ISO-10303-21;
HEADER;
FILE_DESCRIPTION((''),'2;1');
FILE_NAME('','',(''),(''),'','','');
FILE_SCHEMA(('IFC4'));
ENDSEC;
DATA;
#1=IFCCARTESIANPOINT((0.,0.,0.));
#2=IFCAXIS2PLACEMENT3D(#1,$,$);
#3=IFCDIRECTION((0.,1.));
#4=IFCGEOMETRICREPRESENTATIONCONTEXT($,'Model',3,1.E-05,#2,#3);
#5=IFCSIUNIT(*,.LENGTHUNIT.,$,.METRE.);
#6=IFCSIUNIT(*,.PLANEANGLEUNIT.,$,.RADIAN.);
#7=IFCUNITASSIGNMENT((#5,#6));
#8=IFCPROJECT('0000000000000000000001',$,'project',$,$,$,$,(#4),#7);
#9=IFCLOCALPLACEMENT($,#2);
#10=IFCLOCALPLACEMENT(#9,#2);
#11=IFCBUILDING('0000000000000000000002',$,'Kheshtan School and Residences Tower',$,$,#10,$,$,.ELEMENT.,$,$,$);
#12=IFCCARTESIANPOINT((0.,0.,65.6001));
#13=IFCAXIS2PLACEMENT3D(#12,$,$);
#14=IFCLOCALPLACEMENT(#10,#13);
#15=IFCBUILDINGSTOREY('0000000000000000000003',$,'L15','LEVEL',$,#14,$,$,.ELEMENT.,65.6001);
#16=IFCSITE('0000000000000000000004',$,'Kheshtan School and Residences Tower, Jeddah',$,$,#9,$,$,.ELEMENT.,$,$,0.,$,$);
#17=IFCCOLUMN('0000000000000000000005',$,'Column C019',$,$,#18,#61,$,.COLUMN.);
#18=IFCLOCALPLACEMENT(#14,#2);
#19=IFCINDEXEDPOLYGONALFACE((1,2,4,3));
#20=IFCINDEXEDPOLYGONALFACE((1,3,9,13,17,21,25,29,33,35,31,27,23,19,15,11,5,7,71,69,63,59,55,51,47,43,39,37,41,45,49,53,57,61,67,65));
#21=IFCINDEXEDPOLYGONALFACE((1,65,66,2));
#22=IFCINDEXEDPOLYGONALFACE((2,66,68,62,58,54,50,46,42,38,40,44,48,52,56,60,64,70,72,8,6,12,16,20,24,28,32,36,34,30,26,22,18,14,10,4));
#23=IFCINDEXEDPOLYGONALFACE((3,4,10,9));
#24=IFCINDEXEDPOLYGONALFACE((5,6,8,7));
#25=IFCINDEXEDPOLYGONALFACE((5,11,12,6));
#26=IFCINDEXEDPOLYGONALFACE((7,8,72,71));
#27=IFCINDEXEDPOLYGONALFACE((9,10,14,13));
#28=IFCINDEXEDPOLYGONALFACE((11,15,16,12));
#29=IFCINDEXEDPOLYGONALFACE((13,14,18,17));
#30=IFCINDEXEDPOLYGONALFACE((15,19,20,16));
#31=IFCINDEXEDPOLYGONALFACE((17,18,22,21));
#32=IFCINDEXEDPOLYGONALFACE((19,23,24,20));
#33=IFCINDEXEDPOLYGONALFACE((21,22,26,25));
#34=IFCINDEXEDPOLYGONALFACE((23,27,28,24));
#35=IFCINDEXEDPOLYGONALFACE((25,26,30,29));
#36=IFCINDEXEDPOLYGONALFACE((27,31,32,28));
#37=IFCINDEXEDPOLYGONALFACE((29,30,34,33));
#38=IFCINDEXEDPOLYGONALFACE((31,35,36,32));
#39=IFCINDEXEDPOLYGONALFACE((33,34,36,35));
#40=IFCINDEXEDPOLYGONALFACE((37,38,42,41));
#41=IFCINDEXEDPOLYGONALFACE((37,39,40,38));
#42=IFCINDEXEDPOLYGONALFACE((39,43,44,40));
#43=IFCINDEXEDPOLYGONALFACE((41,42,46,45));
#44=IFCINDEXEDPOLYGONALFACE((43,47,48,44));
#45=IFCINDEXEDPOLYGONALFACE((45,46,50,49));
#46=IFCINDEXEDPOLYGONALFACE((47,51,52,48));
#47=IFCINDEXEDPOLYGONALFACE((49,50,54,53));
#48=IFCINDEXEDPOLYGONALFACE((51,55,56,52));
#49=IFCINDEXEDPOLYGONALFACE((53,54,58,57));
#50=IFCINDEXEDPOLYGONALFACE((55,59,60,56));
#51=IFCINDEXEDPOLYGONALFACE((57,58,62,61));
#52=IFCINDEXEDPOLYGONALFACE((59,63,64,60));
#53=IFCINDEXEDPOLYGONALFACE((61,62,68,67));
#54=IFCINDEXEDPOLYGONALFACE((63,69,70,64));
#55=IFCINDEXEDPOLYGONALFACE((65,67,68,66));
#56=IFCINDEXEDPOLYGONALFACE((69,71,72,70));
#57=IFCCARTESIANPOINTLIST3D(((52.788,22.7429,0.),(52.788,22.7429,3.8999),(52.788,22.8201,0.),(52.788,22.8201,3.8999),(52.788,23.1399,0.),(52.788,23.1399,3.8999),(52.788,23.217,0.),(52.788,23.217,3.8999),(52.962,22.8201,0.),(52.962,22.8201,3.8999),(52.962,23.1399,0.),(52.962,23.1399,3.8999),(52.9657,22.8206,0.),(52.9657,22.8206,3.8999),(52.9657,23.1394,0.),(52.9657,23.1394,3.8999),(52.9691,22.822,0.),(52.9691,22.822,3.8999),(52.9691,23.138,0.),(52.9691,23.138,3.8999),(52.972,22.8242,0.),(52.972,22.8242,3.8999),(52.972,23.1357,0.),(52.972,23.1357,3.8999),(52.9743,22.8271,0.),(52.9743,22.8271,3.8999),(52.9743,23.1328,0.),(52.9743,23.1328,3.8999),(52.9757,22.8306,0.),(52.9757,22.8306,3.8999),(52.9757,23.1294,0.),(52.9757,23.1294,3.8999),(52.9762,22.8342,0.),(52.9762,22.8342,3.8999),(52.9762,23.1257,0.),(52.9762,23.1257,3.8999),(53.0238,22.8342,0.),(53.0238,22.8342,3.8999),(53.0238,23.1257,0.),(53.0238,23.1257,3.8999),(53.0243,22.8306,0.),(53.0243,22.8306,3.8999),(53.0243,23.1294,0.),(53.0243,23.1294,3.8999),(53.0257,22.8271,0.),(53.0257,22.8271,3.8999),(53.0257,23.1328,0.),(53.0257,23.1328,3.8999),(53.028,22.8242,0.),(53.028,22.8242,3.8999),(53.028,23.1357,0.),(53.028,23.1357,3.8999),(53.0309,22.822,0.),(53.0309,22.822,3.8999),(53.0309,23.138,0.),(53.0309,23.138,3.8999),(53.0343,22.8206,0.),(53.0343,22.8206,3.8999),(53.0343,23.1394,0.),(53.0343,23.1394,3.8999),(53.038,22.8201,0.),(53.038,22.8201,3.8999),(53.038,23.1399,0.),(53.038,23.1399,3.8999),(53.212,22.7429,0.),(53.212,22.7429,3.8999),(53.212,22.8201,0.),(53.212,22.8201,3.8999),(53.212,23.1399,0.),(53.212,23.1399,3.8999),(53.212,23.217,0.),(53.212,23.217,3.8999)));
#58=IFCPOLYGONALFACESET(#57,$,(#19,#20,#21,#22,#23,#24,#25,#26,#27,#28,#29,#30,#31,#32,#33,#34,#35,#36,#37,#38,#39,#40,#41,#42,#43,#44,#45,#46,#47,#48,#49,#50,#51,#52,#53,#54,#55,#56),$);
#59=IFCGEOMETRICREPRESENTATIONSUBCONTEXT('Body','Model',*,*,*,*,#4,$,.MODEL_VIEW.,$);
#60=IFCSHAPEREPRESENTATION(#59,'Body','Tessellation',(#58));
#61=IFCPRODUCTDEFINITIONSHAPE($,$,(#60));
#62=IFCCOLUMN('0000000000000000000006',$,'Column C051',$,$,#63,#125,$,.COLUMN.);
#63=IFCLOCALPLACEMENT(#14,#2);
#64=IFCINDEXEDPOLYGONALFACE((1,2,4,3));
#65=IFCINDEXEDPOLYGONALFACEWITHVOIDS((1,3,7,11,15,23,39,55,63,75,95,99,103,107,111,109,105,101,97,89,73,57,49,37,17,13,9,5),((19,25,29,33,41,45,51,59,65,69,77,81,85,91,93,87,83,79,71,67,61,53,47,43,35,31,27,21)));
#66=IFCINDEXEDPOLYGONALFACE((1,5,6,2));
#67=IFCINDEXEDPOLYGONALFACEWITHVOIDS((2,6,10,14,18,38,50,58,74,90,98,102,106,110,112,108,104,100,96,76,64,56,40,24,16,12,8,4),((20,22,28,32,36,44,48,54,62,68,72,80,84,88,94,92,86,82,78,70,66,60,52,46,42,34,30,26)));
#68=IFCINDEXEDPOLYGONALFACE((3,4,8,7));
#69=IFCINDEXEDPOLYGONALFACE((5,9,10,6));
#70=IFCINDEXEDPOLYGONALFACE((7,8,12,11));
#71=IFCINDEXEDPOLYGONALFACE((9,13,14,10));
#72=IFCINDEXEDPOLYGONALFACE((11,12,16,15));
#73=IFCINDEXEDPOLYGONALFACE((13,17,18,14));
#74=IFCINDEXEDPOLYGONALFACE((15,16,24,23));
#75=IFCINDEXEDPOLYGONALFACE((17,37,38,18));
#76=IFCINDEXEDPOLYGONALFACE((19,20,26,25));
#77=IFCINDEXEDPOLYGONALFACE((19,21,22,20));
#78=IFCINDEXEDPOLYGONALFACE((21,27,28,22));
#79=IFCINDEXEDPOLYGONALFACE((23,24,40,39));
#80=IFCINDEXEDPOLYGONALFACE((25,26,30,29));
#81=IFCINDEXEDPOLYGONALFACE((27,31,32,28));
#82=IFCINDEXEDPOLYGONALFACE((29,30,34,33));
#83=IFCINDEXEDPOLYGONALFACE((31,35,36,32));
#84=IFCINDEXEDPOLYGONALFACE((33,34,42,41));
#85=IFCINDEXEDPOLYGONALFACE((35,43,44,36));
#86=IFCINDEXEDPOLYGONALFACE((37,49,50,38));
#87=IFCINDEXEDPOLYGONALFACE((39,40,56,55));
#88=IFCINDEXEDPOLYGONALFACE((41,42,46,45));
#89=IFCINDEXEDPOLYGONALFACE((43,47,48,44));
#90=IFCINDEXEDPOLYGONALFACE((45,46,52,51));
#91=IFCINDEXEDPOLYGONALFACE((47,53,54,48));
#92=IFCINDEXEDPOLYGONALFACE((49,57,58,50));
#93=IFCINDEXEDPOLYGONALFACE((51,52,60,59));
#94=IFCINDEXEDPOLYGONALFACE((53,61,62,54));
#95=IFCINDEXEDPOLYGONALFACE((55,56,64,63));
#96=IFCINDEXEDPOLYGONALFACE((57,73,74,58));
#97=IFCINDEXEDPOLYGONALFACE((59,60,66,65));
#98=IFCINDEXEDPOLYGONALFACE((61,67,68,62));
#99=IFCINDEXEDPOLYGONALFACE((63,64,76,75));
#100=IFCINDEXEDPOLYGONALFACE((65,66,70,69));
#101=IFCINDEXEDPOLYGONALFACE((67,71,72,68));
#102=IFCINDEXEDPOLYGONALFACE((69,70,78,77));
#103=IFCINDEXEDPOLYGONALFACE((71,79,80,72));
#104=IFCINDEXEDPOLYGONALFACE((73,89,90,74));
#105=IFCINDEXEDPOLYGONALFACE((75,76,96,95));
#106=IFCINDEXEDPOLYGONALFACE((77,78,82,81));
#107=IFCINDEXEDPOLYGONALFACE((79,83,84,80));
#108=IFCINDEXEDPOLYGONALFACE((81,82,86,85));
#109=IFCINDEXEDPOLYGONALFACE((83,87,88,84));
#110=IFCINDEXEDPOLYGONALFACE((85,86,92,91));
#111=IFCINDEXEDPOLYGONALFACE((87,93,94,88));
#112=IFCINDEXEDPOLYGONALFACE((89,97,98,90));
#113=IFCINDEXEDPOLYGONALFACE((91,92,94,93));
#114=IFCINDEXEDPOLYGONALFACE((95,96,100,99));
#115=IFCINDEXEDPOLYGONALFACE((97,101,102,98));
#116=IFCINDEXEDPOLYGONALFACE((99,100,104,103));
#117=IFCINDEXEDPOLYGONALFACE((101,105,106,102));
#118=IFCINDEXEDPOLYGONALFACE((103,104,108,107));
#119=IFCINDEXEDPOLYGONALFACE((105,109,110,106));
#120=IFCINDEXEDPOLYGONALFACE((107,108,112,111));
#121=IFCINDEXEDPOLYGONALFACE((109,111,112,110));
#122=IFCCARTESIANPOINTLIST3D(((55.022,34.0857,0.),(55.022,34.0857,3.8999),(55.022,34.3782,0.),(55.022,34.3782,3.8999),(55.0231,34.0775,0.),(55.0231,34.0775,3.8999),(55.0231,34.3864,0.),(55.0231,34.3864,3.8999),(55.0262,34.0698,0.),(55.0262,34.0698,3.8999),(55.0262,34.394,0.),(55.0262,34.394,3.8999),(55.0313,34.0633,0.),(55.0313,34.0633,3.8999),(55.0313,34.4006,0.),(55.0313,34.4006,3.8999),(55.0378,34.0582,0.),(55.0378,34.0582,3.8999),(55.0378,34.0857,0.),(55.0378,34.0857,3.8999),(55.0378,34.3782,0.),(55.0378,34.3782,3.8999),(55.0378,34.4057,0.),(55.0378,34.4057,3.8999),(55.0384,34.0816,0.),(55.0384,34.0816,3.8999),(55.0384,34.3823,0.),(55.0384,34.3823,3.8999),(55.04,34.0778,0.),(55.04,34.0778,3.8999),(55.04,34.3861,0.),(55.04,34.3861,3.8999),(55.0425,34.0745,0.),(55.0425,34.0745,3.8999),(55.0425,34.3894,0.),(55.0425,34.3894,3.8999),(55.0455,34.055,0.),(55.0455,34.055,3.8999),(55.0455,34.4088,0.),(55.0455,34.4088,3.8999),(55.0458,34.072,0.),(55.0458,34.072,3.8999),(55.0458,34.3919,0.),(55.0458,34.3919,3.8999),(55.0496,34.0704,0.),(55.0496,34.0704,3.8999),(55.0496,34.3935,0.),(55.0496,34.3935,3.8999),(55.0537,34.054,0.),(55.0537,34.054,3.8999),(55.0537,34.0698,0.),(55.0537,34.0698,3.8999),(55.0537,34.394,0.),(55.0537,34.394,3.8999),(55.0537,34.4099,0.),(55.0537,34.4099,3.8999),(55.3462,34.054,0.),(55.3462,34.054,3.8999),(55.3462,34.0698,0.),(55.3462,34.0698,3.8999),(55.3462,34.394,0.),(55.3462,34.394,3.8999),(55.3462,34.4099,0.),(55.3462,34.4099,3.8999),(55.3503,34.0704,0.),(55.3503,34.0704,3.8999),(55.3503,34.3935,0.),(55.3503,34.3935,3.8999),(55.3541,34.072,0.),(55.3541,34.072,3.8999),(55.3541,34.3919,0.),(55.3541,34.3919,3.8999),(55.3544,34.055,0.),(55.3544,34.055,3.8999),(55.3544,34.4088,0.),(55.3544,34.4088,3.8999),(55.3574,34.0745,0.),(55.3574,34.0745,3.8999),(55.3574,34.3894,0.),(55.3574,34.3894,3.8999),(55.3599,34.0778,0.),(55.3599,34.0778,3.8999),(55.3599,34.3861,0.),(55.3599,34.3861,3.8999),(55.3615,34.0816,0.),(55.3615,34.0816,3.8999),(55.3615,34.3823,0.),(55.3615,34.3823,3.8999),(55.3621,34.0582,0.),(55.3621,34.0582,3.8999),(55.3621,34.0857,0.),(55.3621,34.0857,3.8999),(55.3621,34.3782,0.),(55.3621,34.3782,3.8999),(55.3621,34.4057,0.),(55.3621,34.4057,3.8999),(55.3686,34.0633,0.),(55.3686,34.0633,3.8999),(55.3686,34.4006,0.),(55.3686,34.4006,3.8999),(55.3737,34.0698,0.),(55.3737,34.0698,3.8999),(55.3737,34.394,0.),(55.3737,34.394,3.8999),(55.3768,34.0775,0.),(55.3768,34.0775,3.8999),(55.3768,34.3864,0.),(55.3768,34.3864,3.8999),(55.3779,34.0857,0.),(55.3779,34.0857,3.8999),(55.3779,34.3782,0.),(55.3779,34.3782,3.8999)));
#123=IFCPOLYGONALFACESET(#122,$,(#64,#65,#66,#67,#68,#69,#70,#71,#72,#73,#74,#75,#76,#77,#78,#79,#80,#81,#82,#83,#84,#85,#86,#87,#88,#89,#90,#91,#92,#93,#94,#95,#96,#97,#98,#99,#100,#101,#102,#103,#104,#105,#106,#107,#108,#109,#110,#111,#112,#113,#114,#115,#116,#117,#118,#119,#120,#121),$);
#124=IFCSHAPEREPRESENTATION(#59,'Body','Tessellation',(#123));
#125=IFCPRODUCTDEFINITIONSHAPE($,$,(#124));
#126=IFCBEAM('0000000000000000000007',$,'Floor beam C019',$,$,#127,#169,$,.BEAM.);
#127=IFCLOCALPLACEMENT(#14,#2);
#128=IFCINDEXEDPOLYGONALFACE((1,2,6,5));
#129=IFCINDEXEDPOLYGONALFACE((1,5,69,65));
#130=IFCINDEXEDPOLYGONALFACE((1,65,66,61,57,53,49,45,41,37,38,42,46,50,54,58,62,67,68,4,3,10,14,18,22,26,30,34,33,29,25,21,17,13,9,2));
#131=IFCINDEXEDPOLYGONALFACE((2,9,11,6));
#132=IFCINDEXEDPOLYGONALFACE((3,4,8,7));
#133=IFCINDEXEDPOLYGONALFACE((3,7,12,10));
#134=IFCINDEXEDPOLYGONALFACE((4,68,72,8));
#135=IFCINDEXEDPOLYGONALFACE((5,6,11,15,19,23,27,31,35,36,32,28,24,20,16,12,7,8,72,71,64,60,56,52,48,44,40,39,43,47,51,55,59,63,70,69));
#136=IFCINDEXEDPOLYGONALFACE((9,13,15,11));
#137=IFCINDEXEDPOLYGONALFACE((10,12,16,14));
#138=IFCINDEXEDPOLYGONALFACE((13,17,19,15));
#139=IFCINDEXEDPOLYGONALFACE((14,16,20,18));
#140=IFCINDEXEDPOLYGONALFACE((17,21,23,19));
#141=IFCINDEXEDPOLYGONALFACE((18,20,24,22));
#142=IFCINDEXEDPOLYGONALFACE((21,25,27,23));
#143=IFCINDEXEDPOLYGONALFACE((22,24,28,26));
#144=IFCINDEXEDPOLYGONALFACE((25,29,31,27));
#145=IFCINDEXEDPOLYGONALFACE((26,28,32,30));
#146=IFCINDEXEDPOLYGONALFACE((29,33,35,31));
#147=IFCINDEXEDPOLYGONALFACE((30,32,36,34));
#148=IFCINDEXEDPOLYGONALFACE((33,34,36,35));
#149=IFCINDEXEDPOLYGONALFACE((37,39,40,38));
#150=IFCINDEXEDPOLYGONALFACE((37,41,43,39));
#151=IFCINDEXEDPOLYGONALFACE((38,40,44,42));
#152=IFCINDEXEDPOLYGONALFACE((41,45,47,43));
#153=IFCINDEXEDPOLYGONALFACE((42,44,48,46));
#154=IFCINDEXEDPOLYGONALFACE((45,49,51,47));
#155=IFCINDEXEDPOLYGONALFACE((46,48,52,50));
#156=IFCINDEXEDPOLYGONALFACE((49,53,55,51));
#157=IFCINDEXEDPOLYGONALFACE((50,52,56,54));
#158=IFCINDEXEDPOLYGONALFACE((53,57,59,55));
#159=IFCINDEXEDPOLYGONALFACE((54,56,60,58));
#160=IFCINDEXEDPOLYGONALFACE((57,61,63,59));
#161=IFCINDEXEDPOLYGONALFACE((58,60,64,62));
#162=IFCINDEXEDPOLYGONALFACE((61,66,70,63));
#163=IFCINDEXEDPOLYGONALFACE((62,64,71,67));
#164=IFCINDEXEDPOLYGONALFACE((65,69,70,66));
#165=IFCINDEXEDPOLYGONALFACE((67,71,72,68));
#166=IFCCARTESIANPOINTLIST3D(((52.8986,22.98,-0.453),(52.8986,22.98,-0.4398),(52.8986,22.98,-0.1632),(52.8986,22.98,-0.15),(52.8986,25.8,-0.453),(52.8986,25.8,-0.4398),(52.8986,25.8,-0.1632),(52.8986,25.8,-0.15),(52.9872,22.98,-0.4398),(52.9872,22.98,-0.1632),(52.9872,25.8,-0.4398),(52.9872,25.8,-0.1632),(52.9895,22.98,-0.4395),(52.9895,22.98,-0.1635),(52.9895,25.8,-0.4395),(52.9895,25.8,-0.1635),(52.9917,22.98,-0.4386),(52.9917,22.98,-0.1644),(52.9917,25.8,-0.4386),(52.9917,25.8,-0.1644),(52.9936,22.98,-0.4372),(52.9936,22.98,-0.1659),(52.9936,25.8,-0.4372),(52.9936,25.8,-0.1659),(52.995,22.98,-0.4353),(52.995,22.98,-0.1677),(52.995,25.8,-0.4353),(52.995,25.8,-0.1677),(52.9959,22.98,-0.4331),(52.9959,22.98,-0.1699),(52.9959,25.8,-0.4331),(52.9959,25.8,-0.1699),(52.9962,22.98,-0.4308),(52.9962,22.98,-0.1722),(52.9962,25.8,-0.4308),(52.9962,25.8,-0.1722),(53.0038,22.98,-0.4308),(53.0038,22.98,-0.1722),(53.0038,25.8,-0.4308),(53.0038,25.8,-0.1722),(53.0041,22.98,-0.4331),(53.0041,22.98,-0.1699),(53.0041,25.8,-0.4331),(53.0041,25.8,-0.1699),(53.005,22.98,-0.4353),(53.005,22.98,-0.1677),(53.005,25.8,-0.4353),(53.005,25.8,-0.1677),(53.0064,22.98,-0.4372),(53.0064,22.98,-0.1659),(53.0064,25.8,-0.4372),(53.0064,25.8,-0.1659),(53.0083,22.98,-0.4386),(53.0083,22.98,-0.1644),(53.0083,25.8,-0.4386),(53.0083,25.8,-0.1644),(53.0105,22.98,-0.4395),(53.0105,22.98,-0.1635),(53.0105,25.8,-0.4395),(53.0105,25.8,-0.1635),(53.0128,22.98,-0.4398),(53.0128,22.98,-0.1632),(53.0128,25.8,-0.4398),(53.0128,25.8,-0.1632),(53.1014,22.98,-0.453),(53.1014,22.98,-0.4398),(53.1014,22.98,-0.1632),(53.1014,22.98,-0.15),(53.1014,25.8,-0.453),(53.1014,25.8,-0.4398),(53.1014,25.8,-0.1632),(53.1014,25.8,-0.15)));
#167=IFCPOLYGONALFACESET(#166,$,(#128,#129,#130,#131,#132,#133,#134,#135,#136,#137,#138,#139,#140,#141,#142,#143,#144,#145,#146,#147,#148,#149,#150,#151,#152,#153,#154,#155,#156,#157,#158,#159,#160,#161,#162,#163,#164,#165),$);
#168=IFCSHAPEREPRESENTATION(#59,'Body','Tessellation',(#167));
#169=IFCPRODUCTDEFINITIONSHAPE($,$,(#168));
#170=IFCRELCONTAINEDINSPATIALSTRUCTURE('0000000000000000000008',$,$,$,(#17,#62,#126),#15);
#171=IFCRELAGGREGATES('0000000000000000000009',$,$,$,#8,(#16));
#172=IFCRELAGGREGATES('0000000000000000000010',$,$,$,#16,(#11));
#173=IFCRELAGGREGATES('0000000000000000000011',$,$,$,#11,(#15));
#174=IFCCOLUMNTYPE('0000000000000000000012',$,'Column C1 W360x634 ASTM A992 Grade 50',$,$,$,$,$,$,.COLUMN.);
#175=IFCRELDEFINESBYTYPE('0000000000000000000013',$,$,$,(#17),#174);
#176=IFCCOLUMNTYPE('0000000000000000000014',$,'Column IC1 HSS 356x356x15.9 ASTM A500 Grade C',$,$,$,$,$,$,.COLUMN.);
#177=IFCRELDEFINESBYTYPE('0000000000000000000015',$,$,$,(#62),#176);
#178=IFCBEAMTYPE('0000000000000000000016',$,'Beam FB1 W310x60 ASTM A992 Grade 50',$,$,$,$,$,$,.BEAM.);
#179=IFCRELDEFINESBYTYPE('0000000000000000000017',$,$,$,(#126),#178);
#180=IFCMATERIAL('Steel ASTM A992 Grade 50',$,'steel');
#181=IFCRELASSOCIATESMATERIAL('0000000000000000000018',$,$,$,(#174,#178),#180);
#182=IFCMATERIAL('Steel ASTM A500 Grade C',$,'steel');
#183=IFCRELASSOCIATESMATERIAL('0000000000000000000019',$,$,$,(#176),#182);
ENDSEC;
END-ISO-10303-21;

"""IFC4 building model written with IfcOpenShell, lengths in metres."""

from ifc_helpers import new_model, si_unit, direction, frame, origin, origin_2d, place, context, subcontext, project, spatial, hollow_rectangle, i_section, extrude, material, material_profile, profile_set, type_object, element, save


model = new_model("IFC4")

# Units and contexts
model_context = context("Model", 3, precision=1e-05, world=origin(), true_north=direction((0.0, 1.0)))
body_context = subcontext(model_context, "Body", "Model", "MODEL_VIEW")
ifc_project = project(units=[si_unit("LENGTHUNIT", "METRE"), si_unit("PLANEANGLEUNIT", "RADIAN")], contexts=[model_context])

# Site, building, storey
site_placement = place(None, origin())
site = spatial("IfcSite", under=ifc_project, at=site_placement, Name="Kheshtan School and Residences Tower, Jeddah", CompositionType="ELEMENT", RefElevation=0.0)
building_placement = place(site_placement, origin())
building = spatial("IfcBuilding", under=site, at=building_placement, Name="Kheshtan School and Residences Tower", CompositionType="ELEMENT")
storey_placement = place(building_placement, frame((0.0, 0.0, 65.6001)))
storey = spatial("IfcBuildingStorey", under=building, at=storey_placement, Name="L15", Description="LEVEL", CompositionType="ELEMENT", Elevation=65.6001)

# Columns
ifc_material_1 = material(Name="Steel ASTM A992 Grade 50", Category="steel")
ifc_material_profile_1 = material_profile(ifc_material_1, i_section(OverallWidth=0.4241, OverallDepth=0.4741, WebThickness=0.0476, FlangeThickness=0.0771, FilletRadius=0.0142, at=origin_2d()), Name="W360x634")
ifc_profile_set_1 = profile_set([ifc_material_profile_1], Name="Steel ASTM A992 Grade 50")
column_type_1 = type_object("IfcColumnType", Name="Column C1 W360x634 ASTM A992 Grade 50", PredefinedType="COLUMN", material=ifc_profile_set_1)
column_1_placement = place(storey_placement, frame((53.0, 22.98, 0.0), z_axis=(0.0, 0.0, 1.0), x_axis=(1.0, 0.0, 0.0)))
element("IfcColumn", 1, at=column_1_placement, inside=storey, type_object=column_type_1, Name="Column C019", PredefinedType="COLUMN", context=body_context, shape_type="SweptSolid", body=[
    extrude(i_section(OverallWidth=0.4241, OverallDepth=0.4741, WebThickness=0.0476, FlangeThickness=0.0771, FilletRadius=0.0142, at=origin_2d()), origin(), (0.0, 0.0, 1.0), 3.8999),
])
ifc_material_2 = material(Name="Steel ASTM A500 Grade C", Category="steel")
ifc_material_profile_2 = material_profile(ifc_material_2, hollow_rectangle(XDim=0.356, YDim=0.356, WallThickness=0.0159, InnerFilletRadius=0.0159, OuterFilletRadius=0.0317, at=origin_2d()), Name="HSS 356x356x15.9")
ifc_profile_set_2 = profile_set([ifc_material_profile_2], Name="Steel ASTM A500 Grade C")
column_type_2 = type_object("IfcColumnType", Name="Column IC1 HSS 356x356x15.9 ASTM A500 Grade C", PredefinedType="COLUMN", material=ifc_profile_set_2)
column_2_placement = place(storey_placement, frame((55.2, 34.2319, 0.0), z_axis=(0.0, 0.0, 1.0), x_axis=(1.0, 0.0, 0.0)))
element("IfcColumn", 2, at=column_2_placement, inside=storey, type_object=column_type_2, Name="Column C051", PredefinedType="COLUMN", context=body_context, shape_type="SweptSolid", body=[
    extrude(hollow_rectangle(XDim=0.356, YDim=0.356, WallThickness=0.0159, InnerFilletRadius=0.0159, OuterFilletRadius=0.0317, at=origin_2d()), origin(), (0.0, 0.0, 1.0), 3.8999),
])

# Beam
ifc_material_profile_3 = material_profile(ifc_material_1, i_section(OverallWidth=0.2029, OverallDepth=0.303, WebThickness=0.0076, FlangeThickness=0.0132, FilletRadius=0.009, at=origin_2d()), Name="W310x60")
ifc_profile_set_3 = profile_set([ifc_material_profile_3], Name="Steel ASTM A992 Grade 50")
beam_type_1 = type_object("IfcBeamType", Name="Beam FB1 W310x60 ASTM A992 Grade 50", PredefinedType="BEAM", material=ifc_profile_set_3)
beam_1_placement = place(storey_placement, frame((53.0, 22.98, -0.3015), z_axis=(0.0, 1.0, 0.0), x_axis=(-1.0, 0.0, 0.0)))
element("IfcBeam", 3, at=beam_1_placement, inside=storey, type_object=beam_type_1, Name="Floor beam C019", PredefinedType="BEAM", context=body_context, shape_type="SweptSolid", body=[
    extrude(i_section(OverallWidth=0.2029, OverallDepth=0.303, WebThickness=0.0076, FlangeThickness=0.0132, FilletRadius=0.009, at=origin_2d()), origin(), (0.0, 0.0, 1.0), 2.8201),
])

save(model, "model.ifc")
